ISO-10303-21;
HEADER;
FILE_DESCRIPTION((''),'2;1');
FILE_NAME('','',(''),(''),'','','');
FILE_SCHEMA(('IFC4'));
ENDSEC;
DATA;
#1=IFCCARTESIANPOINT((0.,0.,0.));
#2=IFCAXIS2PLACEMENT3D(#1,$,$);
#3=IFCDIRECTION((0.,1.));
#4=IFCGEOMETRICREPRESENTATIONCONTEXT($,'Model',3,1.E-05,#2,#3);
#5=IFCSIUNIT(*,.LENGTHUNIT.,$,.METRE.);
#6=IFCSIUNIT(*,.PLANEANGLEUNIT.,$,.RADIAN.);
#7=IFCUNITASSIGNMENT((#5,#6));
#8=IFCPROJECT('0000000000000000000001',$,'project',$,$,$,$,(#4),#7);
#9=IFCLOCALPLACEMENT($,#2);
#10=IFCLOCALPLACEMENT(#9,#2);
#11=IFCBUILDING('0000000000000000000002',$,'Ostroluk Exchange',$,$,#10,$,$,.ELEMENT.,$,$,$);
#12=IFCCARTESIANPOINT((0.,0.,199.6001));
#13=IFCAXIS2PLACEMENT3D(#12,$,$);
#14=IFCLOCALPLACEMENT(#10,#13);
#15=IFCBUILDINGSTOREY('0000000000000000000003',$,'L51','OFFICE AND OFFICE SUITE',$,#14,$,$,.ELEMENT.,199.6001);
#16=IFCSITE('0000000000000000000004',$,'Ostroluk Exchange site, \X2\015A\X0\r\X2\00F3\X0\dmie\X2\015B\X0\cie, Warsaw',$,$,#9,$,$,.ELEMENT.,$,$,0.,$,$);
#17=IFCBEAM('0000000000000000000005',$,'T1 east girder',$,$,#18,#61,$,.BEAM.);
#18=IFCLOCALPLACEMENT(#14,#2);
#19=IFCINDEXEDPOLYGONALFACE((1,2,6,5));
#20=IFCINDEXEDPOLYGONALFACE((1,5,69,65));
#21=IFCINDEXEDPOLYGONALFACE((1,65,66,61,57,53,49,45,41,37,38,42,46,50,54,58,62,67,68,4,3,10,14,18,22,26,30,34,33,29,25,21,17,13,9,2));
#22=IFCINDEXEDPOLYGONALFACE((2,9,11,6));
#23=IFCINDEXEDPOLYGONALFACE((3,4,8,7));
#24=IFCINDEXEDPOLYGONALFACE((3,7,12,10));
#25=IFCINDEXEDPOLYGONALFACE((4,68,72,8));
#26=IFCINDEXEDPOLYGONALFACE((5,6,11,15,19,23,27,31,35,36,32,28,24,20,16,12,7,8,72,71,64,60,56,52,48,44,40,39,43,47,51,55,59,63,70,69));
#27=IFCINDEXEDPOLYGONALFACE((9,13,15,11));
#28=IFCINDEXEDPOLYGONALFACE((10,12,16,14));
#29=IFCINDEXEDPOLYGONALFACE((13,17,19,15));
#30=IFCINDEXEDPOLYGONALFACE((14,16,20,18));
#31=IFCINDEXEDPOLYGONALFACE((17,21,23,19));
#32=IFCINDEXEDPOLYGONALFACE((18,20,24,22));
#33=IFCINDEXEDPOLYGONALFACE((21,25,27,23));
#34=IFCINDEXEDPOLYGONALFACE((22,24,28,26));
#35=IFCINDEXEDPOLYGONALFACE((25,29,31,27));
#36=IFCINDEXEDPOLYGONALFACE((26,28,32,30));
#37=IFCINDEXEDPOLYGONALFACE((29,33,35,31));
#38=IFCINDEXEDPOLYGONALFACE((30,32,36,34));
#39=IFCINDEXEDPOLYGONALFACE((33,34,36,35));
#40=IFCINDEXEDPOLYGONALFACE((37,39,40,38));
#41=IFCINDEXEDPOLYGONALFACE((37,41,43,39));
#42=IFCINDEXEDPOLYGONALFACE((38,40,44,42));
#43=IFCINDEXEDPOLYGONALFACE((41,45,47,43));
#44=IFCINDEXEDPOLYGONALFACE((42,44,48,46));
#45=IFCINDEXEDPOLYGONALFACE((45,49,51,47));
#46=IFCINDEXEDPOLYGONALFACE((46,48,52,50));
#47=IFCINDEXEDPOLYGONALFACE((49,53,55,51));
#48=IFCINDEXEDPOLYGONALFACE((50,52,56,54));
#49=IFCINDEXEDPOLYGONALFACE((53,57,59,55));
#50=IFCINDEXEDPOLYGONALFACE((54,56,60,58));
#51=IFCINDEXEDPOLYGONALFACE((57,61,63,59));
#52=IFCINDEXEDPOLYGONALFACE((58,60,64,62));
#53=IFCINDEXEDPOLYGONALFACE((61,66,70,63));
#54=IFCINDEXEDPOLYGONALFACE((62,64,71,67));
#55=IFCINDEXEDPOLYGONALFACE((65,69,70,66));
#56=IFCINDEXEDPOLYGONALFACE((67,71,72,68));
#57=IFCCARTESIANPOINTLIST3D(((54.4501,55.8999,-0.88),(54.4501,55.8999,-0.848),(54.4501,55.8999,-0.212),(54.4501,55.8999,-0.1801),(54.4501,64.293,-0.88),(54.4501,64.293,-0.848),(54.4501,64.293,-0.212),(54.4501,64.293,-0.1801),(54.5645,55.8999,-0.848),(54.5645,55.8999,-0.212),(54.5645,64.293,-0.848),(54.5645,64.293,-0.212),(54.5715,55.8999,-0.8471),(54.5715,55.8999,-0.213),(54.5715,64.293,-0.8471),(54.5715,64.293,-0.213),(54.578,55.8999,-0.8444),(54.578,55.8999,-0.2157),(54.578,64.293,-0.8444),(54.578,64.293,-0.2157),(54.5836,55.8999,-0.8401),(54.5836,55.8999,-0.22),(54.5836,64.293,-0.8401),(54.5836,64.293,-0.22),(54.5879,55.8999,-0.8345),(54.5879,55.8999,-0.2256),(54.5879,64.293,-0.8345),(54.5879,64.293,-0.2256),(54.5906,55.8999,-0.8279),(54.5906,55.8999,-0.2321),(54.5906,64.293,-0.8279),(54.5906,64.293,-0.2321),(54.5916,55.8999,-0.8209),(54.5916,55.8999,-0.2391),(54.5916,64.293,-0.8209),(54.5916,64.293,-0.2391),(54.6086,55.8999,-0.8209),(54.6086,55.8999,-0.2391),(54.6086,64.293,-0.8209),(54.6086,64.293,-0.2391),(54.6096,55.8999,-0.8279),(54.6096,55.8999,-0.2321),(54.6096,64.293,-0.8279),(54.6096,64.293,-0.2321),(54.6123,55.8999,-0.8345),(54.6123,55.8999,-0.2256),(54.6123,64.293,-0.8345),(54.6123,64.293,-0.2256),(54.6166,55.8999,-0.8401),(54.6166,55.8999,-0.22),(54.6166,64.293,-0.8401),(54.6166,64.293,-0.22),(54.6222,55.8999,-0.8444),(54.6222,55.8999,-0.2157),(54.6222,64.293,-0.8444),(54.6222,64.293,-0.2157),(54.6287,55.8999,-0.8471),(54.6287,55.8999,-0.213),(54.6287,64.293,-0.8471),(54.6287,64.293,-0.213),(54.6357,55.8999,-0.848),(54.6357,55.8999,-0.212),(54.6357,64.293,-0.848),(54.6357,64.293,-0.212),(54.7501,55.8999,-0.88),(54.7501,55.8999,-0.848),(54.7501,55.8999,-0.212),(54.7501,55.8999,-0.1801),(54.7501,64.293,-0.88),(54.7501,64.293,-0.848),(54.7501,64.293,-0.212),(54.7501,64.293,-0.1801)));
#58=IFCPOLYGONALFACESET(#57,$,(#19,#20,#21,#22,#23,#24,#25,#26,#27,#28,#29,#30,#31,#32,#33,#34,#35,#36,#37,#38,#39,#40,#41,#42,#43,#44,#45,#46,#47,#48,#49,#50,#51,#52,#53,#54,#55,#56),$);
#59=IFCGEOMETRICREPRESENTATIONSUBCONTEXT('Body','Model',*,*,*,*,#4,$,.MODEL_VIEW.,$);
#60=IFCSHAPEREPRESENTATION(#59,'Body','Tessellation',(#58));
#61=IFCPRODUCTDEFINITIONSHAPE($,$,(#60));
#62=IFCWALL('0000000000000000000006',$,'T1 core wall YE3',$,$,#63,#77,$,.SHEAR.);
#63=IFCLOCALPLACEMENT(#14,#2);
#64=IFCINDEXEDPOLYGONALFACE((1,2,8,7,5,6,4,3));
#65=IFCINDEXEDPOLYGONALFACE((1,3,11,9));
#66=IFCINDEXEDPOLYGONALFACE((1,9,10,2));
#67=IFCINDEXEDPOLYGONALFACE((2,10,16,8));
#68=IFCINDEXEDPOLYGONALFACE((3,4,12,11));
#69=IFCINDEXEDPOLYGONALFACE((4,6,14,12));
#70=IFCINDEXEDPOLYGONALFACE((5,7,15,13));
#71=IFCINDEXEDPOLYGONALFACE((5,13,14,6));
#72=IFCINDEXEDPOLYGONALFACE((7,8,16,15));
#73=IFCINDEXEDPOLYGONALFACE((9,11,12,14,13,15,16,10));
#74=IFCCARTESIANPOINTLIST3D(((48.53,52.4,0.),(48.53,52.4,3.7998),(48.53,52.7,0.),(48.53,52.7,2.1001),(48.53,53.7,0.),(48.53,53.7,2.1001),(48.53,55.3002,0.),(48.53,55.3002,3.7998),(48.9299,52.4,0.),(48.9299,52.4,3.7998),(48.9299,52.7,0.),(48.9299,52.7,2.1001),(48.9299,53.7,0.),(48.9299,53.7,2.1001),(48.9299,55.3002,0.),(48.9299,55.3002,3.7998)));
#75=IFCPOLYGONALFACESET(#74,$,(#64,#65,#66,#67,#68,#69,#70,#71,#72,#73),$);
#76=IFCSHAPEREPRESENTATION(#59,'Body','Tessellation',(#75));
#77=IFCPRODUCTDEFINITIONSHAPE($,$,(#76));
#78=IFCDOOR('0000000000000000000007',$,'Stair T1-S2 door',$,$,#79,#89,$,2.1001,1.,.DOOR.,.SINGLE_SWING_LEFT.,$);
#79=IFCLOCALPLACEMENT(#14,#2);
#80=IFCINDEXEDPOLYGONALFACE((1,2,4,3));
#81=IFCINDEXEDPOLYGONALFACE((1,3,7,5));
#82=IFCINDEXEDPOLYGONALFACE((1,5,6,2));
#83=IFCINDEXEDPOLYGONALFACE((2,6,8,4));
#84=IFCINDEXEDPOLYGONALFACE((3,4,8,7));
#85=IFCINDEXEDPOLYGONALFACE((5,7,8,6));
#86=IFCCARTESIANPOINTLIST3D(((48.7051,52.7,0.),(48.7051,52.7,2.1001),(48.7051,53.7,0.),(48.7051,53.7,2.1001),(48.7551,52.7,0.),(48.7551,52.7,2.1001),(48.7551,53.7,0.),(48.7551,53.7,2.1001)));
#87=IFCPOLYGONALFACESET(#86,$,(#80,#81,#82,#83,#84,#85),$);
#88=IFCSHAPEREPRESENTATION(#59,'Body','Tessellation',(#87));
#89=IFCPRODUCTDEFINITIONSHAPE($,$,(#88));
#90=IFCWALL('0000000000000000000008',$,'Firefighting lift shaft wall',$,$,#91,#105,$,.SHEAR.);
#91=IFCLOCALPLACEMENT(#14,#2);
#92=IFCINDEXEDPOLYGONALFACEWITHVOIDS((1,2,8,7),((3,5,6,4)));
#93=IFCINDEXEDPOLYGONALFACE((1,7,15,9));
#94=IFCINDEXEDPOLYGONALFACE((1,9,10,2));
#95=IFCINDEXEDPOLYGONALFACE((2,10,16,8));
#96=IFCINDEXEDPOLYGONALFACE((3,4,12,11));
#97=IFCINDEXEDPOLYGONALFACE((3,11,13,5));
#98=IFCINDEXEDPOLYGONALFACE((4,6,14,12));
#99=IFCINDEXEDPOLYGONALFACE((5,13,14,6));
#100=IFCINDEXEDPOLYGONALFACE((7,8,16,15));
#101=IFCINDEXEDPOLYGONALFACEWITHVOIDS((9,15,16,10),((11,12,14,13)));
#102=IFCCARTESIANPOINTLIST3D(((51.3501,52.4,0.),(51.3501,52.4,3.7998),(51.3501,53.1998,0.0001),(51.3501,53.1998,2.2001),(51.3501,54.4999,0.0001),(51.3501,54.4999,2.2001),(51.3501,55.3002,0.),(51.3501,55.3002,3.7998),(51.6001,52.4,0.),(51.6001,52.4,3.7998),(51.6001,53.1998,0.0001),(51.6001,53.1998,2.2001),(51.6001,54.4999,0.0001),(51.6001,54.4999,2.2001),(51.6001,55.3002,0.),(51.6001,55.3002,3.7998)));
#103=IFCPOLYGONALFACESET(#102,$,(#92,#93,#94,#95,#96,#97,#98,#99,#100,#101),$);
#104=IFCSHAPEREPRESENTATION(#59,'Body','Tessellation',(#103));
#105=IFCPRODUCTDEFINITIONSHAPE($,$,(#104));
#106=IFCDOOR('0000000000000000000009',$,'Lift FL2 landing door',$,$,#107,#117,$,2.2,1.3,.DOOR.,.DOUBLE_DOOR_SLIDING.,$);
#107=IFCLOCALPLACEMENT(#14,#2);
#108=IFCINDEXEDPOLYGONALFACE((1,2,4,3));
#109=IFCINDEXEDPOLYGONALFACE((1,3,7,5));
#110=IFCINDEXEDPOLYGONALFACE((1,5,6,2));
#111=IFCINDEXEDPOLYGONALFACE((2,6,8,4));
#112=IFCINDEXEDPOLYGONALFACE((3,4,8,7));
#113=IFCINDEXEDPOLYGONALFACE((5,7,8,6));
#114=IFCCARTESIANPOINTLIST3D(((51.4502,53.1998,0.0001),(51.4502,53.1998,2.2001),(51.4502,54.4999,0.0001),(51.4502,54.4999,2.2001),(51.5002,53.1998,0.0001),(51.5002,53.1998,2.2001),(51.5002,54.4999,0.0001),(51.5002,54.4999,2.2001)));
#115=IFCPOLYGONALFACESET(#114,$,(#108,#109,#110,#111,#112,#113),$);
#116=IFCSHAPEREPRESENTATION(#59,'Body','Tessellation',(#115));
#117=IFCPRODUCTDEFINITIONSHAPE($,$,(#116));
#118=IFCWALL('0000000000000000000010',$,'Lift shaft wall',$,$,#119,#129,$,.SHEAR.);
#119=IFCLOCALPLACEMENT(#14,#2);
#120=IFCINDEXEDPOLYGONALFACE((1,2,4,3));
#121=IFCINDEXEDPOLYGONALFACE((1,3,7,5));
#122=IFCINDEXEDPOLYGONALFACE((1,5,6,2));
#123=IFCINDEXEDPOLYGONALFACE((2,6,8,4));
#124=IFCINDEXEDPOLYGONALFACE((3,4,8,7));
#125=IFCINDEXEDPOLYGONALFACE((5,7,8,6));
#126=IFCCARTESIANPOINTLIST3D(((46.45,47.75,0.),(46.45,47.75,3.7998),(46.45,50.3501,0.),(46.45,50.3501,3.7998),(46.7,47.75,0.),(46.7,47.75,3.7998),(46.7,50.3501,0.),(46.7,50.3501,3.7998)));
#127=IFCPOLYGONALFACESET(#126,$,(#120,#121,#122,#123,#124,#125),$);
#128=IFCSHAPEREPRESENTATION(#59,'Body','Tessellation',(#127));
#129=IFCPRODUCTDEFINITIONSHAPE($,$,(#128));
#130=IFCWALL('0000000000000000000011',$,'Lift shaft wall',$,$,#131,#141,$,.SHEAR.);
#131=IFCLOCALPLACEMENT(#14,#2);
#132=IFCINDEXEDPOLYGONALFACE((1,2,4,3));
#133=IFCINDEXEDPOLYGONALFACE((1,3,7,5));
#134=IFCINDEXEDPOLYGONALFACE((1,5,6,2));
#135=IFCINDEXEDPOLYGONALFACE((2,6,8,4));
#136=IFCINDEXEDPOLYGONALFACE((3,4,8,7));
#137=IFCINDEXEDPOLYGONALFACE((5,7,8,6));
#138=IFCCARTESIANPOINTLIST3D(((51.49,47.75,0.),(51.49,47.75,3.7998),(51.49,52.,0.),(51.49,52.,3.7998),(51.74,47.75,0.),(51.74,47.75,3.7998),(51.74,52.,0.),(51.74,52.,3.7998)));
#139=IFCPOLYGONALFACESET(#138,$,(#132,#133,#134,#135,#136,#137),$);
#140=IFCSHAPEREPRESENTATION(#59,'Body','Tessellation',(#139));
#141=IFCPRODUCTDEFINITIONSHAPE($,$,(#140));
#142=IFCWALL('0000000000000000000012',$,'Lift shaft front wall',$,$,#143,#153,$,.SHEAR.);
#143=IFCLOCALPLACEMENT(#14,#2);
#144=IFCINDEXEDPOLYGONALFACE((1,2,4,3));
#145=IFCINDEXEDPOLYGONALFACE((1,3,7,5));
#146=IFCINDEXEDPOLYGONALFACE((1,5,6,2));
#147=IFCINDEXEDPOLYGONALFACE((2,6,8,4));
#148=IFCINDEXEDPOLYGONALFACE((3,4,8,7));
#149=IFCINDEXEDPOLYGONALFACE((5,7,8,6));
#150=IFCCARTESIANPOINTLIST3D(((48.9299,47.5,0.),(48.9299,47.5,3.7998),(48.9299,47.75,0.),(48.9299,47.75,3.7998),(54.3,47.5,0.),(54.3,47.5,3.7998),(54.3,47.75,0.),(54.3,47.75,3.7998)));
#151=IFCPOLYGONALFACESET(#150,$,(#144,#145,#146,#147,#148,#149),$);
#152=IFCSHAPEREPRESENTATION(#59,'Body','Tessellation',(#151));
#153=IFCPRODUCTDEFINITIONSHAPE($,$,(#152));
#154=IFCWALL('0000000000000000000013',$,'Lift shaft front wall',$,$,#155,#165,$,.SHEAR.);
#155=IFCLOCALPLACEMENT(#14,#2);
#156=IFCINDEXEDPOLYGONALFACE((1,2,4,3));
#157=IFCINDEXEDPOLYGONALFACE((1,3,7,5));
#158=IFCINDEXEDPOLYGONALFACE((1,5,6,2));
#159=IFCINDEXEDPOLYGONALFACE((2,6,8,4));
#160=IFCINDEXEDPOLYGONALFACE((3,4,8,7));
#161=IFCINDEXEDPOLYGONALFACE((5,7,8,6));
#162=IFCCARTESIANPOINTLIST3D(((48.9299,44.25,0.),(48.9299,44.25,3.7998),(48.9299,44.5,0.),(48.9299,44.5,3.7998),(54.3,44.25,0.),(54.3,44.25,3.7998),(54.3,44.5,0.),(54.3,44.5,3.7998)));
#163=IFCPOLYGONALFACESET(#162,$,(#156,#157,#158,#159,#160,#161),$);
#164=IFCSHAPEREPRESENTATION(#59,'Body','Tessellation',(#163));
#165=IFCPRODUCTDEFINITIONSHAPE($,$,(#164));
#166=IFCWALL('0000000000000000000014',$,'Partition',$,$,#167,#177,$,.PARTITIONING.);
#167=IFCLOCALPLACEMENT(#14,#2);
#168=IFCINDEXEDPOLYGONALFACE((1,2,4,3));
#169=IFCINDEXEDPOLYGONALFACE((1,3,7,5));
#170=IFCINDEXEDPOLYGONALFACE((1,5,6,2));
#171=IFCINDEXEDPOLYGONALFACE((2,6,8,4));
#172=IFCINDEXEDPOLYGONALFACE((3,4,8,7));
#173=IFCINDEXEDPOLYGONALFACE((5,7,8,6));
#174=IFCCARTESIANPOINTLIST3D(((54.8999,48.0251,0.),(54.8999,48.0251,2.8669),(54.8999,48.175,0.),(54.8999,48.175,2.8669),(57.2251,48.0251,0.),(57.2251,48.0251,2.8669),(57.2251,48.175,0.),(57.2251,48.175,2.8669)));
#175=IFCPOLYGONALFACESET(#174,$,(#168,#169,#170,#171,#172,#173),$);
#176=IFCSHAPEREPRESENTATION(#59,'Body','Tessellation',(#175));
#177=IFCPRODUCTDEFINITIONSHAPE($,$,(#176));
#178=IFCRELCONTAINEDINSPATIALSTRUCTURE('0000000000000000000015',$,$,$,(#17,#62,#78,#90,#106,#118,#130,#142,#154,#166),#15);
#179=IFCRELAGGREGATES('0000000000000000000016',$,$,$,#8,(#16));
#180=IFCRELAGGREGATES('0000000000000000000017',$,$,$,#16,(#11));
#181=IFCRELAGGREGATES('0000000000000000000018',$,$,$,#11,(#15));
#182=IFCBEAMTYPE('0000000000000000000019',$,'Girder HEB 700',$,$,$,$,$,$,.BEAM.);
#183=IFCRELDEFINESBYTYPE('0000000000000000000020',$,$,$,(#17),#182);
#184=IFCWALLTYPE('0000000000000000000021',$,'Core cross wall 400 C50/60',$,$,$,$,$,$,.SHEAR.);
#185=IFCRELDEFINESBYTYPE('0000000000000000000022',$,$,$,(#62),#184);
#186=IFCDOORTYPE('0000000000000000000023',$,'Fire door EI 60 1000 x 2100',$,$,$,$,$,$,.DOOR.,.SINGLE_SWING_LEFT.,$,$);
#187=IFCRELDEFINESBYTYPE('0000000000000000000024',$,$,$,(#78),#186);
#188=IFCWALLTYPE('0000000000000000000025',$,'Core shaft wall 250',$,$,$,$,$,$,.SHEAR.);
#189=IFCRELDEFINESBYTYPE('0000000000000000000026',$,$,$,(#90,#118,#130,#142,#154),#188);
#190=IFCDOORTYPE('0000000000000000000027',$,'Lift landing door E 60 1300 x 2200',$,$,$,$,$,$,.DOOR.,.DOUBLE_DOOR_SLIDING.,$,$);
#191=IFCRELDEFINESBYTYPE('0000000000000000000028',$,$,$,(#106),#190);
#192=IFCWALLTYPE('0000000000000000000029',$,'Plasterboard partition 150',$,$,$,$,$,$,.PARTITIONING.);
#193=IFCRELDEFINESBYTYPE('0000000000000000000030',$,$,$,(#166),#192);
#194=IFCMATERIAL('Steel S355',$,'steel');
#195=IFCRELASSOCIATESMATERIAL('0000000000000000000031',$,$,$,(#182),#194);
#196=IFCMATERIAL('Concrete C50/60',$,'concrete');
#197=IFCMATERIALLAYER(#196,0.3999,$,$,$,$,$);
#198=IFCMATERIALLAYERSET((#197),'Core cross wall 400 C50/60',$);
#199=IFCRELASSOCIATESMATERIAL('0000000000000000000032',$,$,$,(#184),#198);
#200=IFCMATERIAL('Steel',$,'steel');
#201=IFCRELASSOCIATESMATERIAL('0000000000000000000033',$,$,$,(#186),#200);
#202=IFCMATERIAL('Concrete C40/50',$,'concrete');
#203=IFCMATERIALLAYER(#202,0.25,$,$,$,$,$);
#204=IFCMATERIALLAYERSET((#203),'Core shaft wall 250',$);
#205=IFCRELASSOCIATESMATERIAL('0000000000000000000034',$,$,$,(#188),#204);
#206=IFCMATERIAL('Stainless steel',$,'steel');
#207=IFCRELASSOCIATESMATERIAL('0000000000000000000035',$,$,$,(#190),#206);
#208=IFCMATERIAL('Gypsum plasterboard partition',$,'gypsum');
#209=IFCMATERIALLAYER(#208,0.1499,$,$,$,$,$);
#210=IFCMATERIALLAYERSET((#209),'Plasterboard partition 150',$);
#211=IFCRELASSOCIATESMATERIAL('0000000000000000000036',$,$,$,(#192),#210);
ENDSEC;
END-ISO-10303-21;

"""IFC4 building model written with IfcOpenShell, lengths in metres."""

from ifc_helpers import new_model, si_unit, direction, frame, frame_2d, origin, origin_2d, place, context, subcontext, project, spatial, rectangle, i_section, extrude, material, layer, layer_set, material_profile, profile_set, type_object, element, fill, save


model = new_model("IFC4")

# Units and contexts
model_context = context("Model", 3, precision=1e-05, world=origin(), true_north=direction((0.0, 1.0)))
body_context = subcontext(model_context, "Body", "Model", "MODEL_VIEW")
ifc_project = project(units=[si_unit("LENGTHUNIT", "METRE"), si_unit("PLANEANGLEUNIT", "RADIAN")], contexts=[model_context])

# Site, building, storey
site_placement = place(None, origin())
site = spatial("IfcSite", under=ifc_project, at=site_placement, Name="Ostroluk Exchange site, Śródmieście, Warsaw", CompositionType="ELEMENT", RefElevation=0.0)
building_placement = place(site_placement, origin())
building = spatial("IfcBuilding", under=site, at=building_placement, Name="Ostroluk Exchange", CompositionType="ELEMENT")
storey_placement = place(building_placement, frame((0.0, 0.0, 199.6001)))
storey = spatial("IfcBuildingStorey", under=building, at=storey_placement, Name="L51", Description="OFFICE AND OFFICE SUITE", CompositionType="ELEMENT", Elevation=199.6001)

# Beam
ifc_material_1 = material(Name="Steel S355", Category="steel")
ifc_material_profile_1 = material_profile(ifc_material_1, i_section(OverallWidth=0.3, OverallDepth=0.7, WebThickness=0.0171, FlangeThickness=0.032, FilletRadius=0.0271, at=origin_2d()), Name="HEB 700")
ifc_profile_set_1 = profile_set([ifc_material_profile_1], Name="Steel S355")
beam_type_1 = type_object("IfcBeamType", Name="Girder HEB 700", PredefinedType="BEAM", material=ifc_profile_set_1)
beam_1_placement = place(storey_placement, frame((54.6001, 55.8999, -0.53), z_axis=(0.0, 1.0, 0.0), x_axis=(-1.0, 0.0, 0.0)))
element("IfcBeam", 1, at=beam_1_placement, inside=storey, type_object=beam_type_1, Name="T1 east girder", PredefinedType="BEAM", context=body_context, shape_type="SweptSolid", body=[
    extrude(i_section(OverallWidth=0.3, OverallDepth=0.7, WebThickness=0.0171, FlangeThickness=0.032, FilletRadius=0.0271, at=origin_2d()), origin(), (0.0, 0.0, 1.0), 8.3931),
])

# Walls, openings, doors
ifc_material_2 = material(Name="Concrete C50/60", Category="concrete")
ifc_layer_1 = layer(ifc_material_2, 0.3999)
ifc_layer_set_1 = layer_set([ifc_layer_1], Name="Core cross wall 400 C50/60")
wall_type_1 = type_object("IfcWallType", Name="Core cross wall 400 C50/60", PredefinedType="SHEAR", material=ifc_layer_set_1)
wall_1_placement = place(storey_placement, frame((48.73, 52.3999, 0.0), z_axis=(0.0, 0.0, 1.0), x_axis=(0.0, 1.0, 0.0)))
wall_1 = element("IfcWall", 2, at=wall_1_placement, inside=storey, type_object=wall_type_1, Name="T1 core wall YE3", PredefinedType="SHEAR", context=body_context, shape_type="SweptSolid", body=[
    extrude(rectangle(XDim=2.9001, YDim=0.3999, at=frame_2d((1.4502, 0.0))), origin(), (0.0, 0.0, 1.0), 3.7998),
])
opening_1_placement = place(wall_1_placement, frame((0.3, 0.0, 0.0)))
opening_1 = element("IfcOpeningElement", 3, at=opening_1_placement, cuts=wall_1, PredefinedType="OPENING", context=body_context, shape_type="SweptSolid", body=[
    extrude(rectangle(XDim=1.0, YDim=2.1001, at=frame_2d((0.5, 1.05))), frame((0.0, 0.21, 0.0), z_axis=(0.0, -1.0, 0.0), x_axis=(1.0, 0.0, 0.0)), (0.0, 0.0, 1.0), 0.4199),
])
ifc_material_3 = material(Name="Steel", Category="steel")
door_type_1 = type_object("IfcDoorType", Name="Fire door EI 60 1000 x 2100", OperationType="SINGLE_SWING_LEFT", PredefinedType="DOOR", material=ifc_material_3)
door_1_placement = place(opening_1_placement, origin())
door_1 = element("IfcDoor", 4, at=door_1_placement, inside=storey, type_object=door_type_1, Name="Stair T1-S2 door", OperationType="SINGLE_SWING_LEFT", OverallHeight=2.1001, OverallWidth=1.0, PredefinedType="DOOR", context=body_context, shape_type="SweptSolid", body=[
    extrude(rectangle(XDim=1.0, YDim=2.1001, at=frame_2d((0.5, 1.05))), frame((0.0, 0.0249, 0.0), z_axis=(0.0, -1.0, 0.0), x_axis=(1.0, 0.0, 0.0)), (0.0, 0.0, 1.0), 0.05),
])
fill(opening_1, door_1)
ifc_material_4 = material(Name="Concrete C40/50", Category="concrete")
ifc_layer_2 = layer(ifc_material_4, 0.25)
ifc_layer_set_2 = layer_set([ifc_layer_2], Name="Core shaft wall 250")
wall_type_2 = type_object("IfcWallType", Name="Core shaft wall 250", PredefinedType="SHEAR", material=ifc_layer_set_2)
wall_2_placement = place(storey_placement, frame((51.4751, 52.3999, 0.0), z_axis=(0.0, 0.0, 1.0), x_axis=(0.0, 1.0, 0.0)))
wall_2 = element("IfcWall", 5, at=wall_2_placement, inside=storey, type_object=wall_type_2, Name="Firefighting lift shaft wall", PredefinedType="SHEAR", context=body_context, shape_type="SweptSolid", body=[
    extrude(rectangle(XDim=2.9001, YDim=0.25, at=frame_2d((1.4502, 0.0))), origin(), (0.0, 0.0, 1.0), 3.7998),
])
opening_2_placement = place(wall_2_placement, frame((0.8, 0.0, 0.0)))
opening_2 = element("IfcOpeningElement", 6, at=opening_2_placement, cuts=wall_2, PredefinedType="OPENING", context=body_context, shape_type="SweptSolid", body=[
    extrude(rectangle(XDim=1.3, YDim=2.2, at=frame_2d((0.6499, 1.1001))), frame((0.0, 0.135, 0.0), z_axis=(0.0, -1.0, 0.0), x_axis=(1.0, 0.0, 0.0)), (0.0, 0.0, 1.0), 0.27),
])
ifc_material_5 = material(Name="Stainless steel", Category="steel")
door_type_2 = type_object("IfcDoorType", Name="Lift landing door E 60 1300 x 2200", OperationType="DOUBLE_DOOR_SLIDING", PredefinedType="DOOR", material=ifc_material_5)
door_2_placement = place(opening_2_placement, origin())
door_2 = element("IfcDoor", 7, at=door_2_placement, inside=storey, type_object=door_type_2, Name="Lift FL2 landing door", OperationType="DOUBLE_DOOR_SLIDING", OverallHeight=2.2, OverallWidth=1.3, PredefinedType="DOOR", context=body_context, shape_type="SweptSolid", body=[
    extrude(rectangle(XDim=1.3, YDim=2.2, at=frame_2d((0.6499, 1.1001))), frame((0.0, 0.0249, 0.0), z_axis=(0.0, -1.0, 0.0), x_axis=(1.0, 0.0, 0.0)), (0.0, 0.0, 1.0), 0.05),
])
fill(opening_2, door_2)

# Walls
wall_3_placement = place(storey_placement, frame((46.575, 47.75, 0.0), z_axis=(0.0, 0.0, 1.0), x_axis=(0.0, 1.0, 0.0)))
element("IfcWall", 8, at=wall_3_placement, inside=storey, type_object=wall_type_2, Name="Lift shaft wall", PredefinedType="SHEAR", context=body_context, shape_type="SweptSolid", body=[
    extrude(rectangle(XDim=2.6001, YDim=0.25, at=frame_2d((1.3, 0.0))), origin(), (0.0, 0.0, 1.0), 3.7998),
])
wall_4_placement = place(storey_placement, frame((51.615, 47.75, 0.0), z_axis=(0.0, 0.0, 1.0), x_axis=(0.0, 1.0, 0.0)))
element("IfcWall", 9, at=wall_4_placement, inside=storey, type_object=wall_type_2, Name="Lift shaft wall", PredefinedType="SHEAR", context=body_context, shape_type="SweptSolid", body=[
    extrude(rectangle(XDim=4.25, YDim=0.25, at=frame_2d((2.125, 0.0))), origin(), (0.0, 0.0, 1.0), 3.7998),
])
for number, where, z_axis, x_axis, name in (
    (10, (48.9299, 47.625, 0.0), (0.0, 0.0, 1.0), (1.0, 0.0, 0.0), "Lift shaft front wall"),
    (11, (48.9299, 44.375, 0.0), (0.0, 0.0, 1.0), (1.0, 0.0, 0.0), "Lift shaft front wall"),
):
    element("IfcWall", number, at=place(storey_placement, frame(where, z_axis=z_axis, x_axis=x_axis)), inside=storey, type_object=wall_type_2, Name=name, PredefinedType="SHEAR", context=body_context, shape_type="SweptSolid", body=[
        extrude(rectangle(XDim=5.3701, YDim=0.25, at=frame_2d((2.6851, 0.0))), origin(), (0.0, 0.0, 1.0), 3.7998),
    ])
ifc_material_6 = material(Name="Gypsum plasterboard partition", Category="gypsum")
ifc_layer_3 = layer(ifc_material_6, 0.1499)
ifc_layer_set_3 = layer_set([ifc_layer_3], Name="Plasterboard partition 150")
wall_type_3 = type_object("IfcWallType", Name="Plasterboard partition 150", PredefinedType="PARTITIONING", material=ifc_layer_set_3)
for number, where, z_axis, x_axis, name in (
    (12, (54.8999, 48.1001, 0.0), (0.0, 0.0, 1.0), (1.0, 0.0, 0.0), "Partition"),
):
    element("IfcWall", number, at=place(storey_placement, frame(where, z_axis=z_axis, x_axis=x_axis)), inside=storey, type_object=wall_type_3, Name=name, PredefinedType="PARTITIONING", context=body_context, shape_type="SweptSolid", body=[
        extrude(rectangle(XDim=2.3252, YDim=0.1499, at=frame_2d((1.1626, 0.0))), origin(), (0.0, 0.0, 1.0), 2.8669),
    ])

save(model, "model.ifc")
